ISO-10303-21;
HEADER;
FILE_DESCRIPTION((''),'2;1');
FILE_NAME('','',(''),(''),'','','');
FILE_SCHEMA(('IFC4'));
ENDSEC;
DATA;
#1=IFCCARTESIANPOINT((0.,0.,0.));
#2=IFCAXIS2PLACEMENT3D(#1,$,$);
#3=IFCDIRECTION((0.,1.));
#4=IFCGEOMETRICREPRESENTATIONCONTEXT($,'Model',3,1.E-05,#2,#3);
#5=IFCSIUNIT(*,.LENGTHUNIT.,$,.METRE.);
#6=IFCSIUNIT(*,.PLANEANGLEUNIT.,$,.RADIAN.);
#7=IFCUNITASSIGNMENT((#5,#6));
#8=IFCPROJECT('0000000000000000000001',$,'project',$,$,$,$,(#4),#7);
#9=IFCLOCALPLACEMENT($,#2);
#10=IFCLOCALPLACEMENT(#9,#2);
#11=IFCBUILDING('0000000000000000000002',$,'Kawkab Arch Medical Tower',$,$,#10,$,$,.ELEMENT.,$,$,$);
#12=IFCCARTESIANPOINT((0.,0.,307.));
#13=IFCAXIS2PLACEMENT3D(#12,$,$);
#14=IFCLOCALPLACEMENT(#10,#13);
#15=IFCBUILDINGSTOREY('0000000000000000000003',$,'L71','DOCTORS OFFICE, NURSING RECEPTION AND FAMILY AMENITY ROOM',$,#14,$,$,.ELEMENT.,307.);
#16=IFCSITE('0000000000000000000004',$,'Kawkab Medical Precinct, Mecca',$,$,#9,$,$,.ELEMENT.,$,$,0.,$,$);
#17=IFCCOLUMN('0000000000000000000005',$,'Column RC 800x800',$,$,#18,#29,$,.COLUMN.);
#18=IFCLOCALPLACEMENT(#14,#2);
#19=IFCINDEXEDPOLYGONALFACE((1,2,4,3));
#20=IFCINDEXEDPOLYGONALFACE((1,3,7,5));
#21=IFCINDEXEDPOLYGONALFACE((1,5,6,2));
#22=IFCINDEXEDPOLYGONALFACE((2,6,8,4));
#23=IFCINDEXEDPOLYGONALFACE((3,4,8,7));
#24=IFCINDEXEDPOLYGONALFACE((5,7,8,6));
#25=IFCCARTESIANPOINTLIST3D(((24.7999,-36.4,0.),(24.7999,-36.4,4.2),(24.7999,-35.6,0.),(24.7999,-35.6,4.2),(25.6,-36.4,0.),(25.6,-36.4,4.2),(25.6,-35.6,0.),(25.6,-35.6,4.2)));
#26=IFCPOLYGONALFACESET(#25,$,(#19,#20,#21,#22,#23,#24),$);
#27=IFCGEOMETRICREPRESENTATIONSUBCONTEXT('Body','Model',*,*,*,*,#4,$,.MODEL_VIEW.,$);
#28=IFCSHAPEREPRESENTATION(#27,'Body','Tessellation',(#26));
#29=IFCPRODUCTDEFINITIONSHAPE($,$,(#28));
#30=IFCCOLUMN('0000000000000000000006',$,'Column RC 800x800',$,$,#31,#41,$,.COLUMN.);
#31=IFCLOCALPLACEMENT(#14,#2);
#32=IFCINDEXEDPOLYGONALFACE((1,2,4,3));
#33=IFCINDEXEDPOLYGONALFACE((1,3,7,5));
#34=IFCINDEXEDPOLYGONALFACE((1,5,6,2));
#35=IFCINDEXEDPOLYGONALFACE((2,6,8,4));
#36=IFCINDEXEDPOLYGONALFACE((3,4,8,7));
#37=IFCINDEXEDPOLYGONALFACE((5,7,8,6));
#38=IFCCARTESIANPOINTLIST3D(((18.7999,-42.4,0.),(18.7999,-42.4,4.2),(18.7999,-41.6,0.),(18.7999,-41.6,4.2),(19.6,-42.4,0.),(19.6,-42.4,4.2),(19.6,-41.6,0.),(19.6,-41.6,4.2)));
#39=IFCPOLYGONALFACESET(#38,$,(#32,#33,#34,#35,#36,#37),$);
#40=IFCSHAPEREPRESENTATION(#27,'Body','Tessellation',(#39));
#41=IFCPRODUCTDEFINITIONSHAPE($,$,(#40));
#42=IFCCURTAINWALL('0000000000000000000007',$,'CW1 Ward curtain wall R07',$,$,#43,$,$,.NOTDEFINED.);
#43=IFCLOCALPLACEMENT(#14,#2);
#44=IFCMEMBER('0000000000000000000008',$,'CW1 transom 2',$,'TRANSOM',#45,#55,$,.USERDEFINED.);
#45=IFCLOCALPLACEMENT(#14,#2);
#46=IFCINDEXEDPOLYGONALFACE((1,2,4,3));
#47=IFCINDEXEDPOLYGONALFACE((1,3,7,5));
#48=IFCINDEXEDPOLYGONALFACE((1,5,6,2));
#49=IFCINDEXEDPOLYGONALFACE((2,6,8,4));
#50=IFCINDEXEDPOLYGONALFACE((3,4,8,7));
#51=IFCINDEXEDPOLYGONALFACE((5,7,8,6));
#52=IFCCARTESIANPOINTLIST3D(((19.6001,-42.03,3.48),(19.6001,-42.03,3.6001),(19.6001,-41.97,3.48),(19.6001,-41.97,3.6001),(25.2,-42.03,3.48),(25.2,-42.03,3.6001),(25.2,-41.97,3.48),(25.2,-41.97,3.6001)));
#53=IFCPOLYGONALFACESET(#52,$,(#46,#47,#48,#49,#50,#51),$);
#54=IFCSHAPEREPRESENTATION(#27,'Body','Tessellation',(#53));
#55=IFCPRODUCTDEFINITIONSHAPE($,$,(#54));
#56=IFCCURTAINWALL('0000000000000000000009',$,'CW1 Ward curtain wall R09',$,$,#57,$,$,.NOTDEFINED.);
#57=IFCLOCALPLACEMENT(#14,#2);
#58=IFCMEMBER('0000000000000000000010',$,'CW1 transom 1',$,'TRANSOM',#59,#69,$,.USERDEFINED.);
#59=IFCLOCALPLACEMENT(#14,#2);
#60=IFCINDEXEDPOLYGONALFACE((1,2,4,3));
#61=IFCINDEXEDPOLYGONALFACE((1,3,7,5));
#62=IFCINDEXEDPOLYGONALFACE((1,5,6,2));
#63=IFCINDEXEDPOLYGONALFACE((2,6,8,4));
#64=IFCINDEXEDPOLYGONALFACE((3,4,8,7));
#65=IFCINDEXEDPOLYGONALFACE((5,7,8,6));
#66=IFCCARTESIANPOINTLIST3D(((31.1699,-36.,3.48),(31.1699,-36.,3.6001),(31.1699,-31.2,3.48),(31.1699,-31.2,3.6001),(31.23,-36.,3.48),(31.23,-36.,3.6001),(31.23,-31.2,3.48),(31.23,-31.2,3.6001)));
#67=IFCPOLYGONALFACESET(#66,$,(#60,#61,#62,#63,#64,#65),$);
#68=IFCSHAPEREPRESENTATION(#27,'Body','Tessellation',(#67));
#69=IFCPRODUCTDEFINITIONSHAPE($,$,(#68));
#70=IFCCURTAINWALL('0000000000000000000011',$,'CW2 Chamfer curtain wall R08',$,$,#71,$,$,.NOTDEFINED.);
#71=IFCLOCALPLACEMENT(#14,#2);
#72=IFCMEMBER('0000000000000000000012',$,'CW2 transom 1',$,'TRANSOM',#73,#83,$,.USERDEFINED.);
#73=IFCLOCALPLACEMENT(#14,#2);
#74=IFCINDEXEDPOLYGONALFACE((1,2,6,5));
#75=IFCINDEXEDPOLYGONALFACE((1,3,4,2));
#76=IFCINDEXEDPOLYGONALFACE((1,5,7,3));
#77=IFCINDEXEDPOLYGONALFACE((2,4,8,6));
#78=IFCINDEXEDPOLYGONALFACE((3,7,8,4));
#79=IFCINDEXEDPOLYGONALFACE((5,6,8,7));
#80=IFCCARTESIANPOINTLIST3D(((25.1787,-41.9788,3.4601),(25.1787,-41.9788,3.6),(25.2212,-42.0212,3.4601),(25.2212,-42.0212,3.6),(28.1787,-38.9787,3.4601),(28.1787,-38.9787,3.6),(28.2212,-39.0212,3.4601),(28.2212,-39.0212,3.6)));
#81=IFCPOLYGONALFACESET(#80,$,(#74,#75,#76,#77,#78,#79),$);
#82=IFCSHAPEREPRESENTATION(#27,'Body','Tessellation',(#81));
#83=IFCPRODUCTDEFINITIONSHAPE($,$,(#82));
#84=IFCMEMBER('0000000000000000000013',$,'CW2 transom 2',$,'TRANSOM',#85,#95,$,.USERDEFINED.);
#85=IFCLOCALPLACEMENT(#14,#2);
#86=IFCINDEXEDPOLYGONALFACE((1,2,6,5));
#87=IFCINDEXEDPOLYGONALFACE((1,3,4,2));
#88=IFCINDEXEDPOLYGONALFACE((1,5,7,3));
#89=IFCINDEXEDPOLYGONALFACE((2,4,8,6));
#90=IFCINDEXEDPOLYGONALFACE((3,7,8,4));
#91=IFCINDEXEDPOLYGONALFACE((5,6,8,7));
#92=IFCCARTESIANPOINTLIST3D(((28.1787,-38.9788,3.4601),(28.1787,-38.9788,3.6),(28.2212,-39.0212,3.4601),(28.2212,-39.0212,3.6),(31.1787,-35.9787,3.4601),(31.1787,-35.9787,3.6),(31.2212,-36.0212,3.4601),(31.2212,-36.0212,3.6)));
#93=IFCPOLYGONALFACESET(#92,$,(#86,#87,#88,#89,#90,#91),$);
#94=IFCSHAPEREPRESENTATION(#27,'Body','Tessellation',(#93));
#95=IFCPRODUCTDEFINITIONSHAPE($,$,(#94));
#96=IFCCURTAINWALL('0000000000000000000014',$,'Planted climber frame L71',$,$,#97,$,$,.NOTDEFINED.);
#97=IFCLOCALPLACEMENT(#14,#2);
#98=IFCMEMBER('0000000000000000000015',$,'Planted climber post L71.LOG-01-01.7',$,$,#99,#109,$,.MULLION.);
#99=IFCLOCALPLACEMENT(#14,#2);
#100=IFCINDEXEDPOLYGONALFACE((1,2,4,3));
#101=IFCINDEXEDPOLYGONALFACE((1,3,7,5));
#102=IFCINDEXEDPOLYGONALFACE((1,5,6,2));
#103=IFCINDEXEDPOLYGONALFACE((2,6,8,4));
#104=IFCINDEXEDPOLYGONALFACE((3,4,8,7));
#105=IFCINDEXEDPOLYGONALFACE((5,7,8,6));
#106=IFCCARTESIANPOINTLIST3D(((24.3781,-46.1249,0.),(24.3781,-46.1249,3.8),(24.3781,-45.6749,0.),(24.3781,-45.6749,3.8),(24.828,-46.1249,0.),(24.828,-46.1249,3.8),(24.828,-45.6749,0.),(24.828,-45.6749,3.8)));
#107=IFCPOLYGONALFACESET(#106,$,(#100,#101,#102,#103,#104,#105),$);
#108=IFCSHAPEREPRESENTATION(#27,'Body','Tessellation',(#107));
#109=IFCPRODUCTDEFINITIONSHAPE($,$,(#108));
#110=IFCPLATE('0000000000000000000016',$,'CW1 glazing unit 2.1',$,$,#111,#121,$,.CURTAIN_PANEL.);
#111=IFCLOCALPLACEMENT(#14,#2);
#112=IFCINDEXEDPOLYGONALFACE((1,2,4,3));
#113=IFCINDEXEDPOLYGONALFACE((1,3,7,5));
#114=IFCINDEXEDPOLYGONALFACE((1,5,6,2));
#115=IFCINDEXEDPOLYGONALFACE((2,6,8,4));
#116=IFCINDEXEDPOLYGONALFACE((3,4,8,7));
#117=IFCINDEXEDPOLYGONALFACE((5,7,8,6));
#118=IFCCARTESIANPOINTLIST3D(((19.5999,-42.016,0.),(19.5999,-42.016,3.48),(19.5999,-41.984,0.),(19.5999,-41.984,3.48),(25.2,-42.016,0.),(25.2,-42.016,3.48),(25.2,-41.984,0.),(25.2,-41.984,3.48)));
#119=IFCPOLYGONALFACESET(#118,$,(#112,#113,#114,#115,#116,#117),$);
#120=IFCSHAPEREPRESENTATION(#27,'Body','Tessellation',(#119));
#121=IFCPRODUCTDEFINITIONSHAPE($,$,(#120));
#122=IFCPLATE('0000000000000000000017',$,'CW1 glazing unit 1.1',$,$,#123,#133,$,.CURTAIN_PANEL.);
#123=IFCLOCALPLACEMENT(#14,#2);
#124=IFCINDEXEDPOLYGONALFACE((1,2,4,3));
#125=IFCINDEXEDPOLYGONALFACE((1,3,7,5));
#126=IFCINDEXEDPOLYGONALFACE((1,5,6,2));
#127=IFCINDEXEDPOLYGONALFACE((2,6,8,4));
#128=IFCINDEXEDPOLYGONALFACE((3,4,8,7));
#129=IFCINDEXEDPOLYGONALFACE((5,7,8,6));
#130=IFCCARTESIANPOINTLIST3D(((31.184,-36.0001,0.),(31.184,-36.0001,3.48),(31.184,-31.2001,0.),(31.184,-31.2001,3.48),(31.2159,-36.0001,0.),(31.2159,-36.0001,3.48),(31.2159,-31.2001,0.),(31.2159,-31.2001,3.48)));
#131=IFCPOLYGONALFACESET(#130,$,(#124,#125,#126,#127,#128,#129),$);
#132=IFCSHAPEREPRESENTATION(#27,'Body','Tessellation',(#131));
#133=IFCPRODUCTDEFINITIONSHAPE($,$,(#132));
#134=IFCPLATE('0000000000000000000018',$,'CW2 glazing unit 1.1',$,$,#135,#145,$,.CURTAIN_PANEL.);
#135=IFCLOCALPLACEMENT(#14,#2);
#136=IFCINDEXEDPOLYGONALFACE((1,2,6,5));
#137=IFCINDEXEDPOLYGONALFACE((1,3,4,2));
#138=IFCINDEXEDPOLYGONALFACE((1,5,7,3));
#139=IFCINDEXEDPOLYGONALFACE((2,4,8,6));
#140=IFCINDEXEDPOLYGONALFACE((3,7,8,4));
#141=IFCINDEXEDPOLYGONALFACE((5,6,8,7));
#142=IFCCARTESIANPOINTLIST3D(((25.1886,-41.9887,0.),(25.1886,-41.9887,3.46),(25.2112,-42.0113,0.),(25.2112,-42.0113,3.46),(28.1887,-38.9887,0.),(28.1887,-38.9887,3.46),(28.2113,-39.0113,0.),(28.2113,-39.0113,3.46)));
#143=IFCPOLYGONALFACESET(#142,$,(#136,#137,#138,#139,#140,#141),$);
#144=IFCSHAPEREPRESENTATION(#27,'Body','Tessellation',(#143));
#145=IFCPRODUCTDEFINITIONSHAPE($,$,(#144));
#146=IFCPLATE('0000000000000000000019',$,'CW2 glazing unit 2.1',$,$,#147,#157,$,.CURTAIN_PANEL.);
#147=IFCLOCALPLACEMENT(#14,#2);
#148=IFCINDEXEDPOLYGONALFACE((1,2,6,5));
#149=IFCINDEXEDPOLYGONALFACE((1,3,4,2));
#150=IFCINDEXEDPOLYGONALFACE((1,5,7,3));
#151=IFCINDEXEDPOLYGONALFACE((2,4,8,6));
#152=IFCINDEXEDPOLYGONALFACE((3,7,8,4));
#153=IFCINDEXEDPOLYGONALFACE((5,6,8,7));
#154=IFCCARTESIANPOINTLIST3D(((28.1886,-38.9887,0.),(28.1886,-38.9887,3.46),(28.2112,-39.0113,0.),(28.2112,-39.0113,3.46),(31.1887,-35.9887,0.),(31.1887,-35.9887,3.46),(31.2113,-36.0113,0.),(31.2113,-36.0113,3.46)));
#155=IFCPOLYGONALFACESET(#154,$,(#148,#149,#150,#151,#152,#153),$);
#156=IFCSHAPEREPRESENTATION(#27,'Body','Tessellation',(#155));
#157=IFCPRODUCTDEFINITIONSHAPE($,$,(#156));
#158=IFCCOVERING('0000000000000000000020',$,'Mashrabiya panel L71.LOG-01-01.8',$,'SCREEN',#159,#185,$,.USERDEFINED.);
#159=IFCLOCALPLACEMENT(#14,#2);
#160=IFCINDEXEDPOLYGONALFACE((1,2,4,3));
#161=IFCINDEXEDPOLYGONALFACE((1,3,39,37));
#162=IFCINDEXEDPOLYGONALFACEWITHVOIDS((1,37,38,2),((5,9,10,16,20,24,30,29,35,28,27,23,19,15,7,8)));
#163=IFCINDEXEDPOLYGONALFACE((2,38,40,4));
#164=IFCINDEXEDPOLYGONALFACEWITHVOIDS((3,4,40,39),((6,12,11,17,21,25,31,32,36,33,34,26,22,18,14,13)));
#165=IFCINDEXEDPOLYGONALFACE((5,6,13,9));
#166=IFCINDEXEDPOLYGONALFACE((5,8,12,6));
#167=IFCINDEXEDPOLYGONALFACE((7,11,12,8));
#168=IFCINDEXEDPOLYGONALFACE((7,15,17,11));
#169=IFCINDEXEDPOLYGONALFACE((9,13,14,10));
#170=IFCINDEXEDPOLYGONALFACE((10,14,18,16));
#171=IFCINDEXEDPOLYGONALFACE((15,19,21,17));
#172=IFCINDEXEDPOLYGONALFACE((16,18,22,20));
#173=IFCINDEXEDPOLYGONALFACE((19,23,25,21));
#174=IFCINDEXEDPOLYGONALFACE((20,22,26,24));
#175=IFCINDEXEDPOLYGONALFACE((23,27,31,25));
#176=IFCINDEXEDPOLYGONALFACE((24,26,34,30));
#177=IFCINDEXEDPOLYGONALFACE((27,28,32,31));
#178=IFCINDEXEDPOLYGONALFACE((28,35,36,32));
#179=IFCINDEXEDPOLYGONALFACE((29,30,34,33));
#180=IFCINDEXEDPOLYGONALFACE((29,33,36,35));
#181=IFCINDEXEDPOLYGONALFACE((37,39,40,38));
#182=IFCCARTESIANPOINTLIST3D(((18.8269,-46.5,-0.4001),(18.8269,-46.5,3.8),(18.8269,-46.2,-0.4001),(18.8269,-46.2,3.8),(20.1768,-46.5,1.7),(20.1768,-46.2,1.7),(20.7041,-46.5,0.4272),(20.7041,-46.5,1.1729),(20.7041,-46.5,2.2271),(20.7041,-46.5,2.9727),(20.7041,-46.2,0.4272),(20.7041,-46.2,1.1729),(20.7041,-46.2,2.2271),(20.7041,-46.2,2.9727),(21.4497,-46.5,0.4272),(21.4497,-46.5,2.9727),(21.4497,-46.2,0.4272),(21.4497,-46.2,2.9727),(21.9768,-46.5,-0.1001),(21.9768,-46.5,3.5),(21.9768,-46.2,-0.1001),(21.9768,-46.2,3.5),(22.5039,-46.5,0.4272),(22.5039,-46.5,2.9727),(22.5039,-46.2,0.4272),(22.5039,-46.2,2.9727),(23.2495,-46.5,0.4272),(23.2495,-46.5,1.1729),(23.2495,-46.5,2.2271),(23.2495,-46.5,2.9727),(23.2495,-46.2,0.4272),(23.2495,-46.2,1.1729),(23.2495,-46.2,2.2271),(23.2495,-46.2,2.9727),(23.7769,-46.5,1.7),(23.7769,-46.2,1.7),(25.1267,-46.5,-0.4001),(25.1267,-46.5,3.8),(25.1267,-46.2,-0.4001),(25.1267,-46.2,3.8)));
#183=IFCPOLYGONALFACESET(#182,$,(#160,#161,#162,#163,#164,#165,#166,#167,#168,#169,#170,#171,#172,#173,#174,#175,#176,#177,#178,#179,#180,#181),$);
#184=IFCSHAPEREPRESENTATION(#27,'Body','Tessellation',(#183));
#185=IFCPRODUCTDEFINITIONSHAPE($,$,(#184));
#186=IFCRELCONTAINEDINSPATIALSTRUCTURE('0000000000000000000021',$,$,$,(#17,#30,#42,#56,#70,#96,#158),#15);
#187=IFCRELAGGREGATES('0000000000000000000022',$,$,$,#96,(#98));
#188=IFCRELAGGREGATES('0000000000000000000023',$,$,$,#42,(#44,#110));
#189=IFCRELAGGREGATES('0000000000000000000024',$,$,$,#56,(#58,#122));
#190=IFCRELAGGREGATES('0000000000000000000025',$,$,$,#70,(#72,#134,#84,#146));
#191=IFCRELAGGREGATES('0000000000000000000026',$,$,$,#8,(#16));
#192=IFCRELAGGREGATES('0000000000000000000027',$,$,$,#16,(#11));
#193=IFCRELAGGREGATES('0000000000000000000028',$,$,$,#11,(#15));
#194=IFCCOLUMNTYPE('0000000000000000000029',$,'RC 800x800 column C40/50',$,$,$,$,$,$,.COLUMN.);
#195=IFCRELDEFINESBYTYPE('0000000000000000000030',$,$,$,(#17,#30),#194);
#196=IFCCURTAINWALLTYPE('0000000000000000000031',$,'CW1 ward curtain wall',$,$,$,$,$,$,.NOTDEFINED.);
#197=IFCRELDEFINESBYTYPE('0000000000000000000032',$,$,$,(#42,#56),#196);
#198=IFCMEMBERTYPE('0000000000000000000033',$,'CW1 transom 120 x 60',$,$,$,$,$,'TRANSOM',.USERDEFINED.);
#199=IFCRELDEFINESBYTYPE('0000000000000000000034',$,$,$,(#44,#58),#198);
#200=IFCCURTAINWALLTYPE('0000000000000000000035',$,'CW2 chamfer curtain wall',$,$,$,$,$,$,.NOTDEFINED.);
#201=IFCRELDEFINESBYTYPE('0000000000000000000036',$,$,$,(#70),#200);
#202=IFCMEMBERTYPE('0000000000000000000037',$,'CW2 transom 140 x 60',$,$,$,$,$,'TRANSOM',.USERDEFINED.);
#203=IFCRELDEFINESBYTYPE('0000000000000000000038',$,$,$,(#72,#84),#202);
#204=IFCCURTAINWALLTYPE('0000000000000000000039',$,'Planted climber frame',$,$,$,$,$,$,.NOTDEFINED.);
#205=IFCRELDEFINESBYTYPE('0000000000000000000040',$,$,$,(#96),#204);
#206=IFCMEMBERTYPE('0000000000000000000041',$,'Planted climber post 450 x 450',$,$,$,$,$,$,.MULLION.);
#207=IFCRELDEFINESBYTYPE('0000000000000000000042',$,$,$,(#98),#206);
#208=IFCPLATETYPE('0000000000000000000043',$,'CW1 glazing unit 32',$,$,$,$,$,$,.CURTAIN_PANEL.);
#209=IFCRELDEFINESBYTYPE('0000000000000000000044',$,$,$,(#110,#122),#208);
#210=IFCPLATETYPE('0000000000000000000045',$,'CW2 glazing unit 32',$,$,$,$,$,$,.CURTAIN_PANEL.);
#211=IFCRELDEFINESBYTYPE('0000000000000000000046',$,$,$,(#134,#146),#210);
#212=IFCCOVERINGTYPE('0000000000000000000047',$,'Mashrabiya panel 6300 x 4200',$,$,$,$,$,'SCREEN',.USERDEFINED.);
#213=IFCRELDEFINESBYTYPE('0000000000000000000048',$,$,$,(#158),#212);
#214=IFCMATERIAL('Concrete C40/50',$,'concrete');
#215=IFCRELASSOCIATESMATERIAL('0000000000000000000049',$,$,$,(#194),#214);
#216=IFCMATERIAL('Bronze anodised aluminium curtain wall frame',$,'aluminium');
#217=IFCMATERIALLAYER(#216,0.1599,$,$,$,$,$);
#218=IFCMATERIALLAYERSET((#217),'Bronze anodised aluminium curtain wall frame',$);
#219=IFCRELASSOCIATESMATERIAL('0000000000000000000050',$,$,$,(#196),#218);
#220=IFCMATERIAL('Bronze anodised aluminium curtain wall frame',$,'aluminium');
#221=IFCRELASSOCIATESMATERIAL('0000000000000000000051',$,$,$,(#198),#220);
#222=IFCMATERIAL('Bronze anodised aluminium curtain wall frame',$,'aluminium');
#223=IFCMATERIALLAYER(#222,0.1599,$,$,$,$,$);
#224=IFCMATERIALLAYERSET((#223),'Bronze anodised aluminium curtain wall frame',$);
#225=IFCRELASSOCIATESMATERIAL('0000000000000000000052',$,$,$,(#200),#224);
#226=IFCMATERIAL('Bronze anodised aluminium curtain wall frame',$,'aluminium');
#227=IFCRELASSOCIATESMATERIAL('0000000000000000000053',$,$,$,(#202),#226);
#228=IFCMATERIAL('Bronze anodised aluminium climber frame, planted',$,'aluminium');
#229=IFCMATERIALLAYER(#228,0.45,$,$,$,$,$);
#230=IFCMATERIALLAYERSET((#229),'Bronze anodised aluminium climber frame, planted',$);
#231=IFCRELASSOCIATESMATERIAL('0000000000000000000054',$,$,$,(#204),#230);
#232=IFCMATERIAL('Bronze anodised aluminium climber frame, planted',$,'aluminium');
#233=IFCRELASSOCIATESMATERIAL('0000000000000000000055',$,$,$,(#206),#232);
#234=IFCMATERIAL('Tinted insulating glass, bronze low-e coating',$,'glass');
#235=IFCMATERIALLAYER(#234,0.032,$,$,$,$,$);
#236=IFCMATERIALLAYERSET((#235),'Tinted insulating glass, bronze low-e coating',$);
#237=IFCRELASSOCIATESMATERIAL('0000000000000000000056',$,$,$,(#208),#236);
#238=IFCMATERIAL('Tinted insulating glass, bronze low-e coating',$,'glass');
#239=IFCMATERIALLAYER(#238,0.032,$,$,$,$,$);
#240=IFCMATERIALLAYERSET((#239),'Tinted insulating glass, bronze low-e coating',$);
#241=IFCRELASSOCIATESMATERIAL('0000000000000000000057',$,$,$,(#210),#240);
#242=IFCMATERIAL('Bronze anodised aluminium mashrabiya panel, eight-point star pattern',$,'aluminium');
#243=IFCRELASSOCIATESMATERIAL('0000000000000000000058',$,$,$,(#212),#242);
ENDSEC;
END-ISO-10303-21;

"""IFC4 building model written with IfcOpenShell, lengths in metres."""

from ifc_helpers import new_model, si_unit, direction, frame, origin, origin_2d, place, context, subcontext, project, spatial, polyline, rectangle, outline, extrude, material, layer, layer_set, material_profile, profile_set, type_object, element, aggregate, save


model = new_model("IFC4")

# Units and contexts
model_context = context("Model", 3, precision=1e-05, world=origin(), true_north=direction((0.0, 1.0)))
body_context = subcontext(model_context, "Body", "Model", "MODEL_VIEW")
ifc_project = project(units=[si_unit("LENGTHUNIT", "METRE"), si_unit("PLANEANGLEUNIT", "RADIAN")], contexts=[model_context])

# Site, building, storey
site_placement = place(None, origin())
site = spatial("IfcSite", under=ifc_project, at=site_placement, Name="Kawkab Medical Precinct, Mecca", CompositionType="ELEMENT", RefElevation=0.0)
building_placement = place(site_placement, origin())
building = spatial("IfcBuilding", under=site, at=building_placement, Name="Kawkab Arch Medical Tower", CompositionType="ELEMENT")
storey_placement = place(building_placement, frame((0.0, 0.0, 307.0)))
storey = spatial("IfcBuildingStorey", under=building, at=storey_placement, Name="L71", Description="DOCTORS OFFICE, NURSING RECEPTION AND FAMILY AMENITY ROOM", CompositionType="ELEMENT", Elevation=307.0)

# Columns
ifc_material_1 = material(Name="Concrete C40/50", Category="concrete")
ifc_material_profile_1 = material_profile(ifc_material_1, rectangle(XDim=0.8, YDim=0.8, at=origin_2d()), Name="RC 800x800")
ifc_profile_set_1 = profile_set([ifc_material_profile_1], Name="Concrete C40/50")
column_type = type_object("IfcColumnType", Name="RC 800x800 column C40/50", PredefinedType="COLUMN", material=ifc_profile_set_1)
for number, where, z_axis, x_axis, name in (
    (1, (25.2, -36.0, 0.0), (0.0, 0.0, 1.0), (1.0, 0.0, 0.0), "Column RC 800x800"),
    (2, (19.2, -42.0, 0.0), (0.0, 0.0, 1.0), (1.0, 0.0, 0.0), "Column RC 800x800"),
):
    element("IfcColumn", number, at=place(storey_placement, frame(where, z_axis=z_axis, x_axis=x_axis)), inside=storey, type_object=column_type, Name=name, PredefinedType="COLUMN", context=body_context, shape_type="SweptSolid", body=[
        extrude(rectangle(XDim=0.8, YDim=0.8, at=origin_2d()), origin(), (0.0, 0.0, 1.0), 4.2),
    ])

# Curtain walls, members
ifc_material_2 = material(Name="Bronze anodised aluminium curtain wall frame", Category="aluminium")
ifc_layer_1 = layer(ifc_material_2, 0.1599)
ifc_layer_set_1 = layer_set([ifc_layer_1], Name="Bronze anodised aluminium curtain wall frame")
curtain_wall_type_1 = type_object("IfcCurtainWallType", Name="CW1 ward curtain wall", PredefinedType="NOTDEFINED", material=ifc_layer_set_1)
placement = place(storey_placement, origin())
curtain_wall_1 = element("IfcCurtainWall", 3, at=placement, inside=storey, type_object=curtain_wall_type_1, Name="CW1 Ward curtain wall R07", PredefinedType="NOTDEFINED")
ifc_material_3 = material(Name="Bronze anodised aluminium curtain wall frame", Category="aluminium")
ifc_material_profile_2 = material_profile(ifc_material_3, rectangle(XDim=0.0601, YDim=0.1201, at=origin_2d()), Name="AL 60x120")
ifc_profile_set_2 = profile_set([ifc_material_profile_2], Name="Bronze anodised aluminium curtain wall frame")
member_type_1 = type_object("IfcMemberType", Name="CW1 transom 120 x 60", ElementType="TRANSOM", PredefinedType="USERDEFINED", material=ifc_profile_set_2)
member_1_placement = place(storey_placement, frame((19.6001, -42.0, 3.54), z_axis=(1.0, 0.0, 0.0), x_axis=(0.0, 1.0, 0.0)))
member_1 = element("IfcMember", 4, at=member_1_placement, type_object=member_type_1, Name="CW1 transom 2", ObjectType="TRANSOM", PredefinedType="USERDEFINED", context=body_context, shape_type="SweptSolid", body=[
    extrude(rectangle(XDim=0.0601, YDim=0.1201, at=origin_2d()), origin(), (0.0, 0.0, 1.0), 5.5999),
])
curtain_wall_2 = element("IfcCurtainWall", 5, at=placement, inside=storey, type_object=curtain_wall_type_1, Name="CW1 Ward curtain wall R09", PredefinedType="NOTDEFINED")
member_2_placement = place(storey_placement, frame((31.2, -36.0, 3.54), z_axis=(0.0, 1.0, 0.0), x_axis=(-1.0, 0.0, 0.0)))
member_2 = element("IfcMember", 6, at=member_2_placement, type_object=member_type_1, Name="CW1 transom 1", ObjectType="TRANSOM", PredefinedType="USERDEFINED", context=body_context, shape_type="SweptSolid", body=[
    extrude(rectangle(XDim=0.0601, YDim=0.1201, at=origin_2d()), origin(), (0.0, 0.0, 1.0), 4.8),
])

# Curtain wall, members
ifc_material_4 = material(Name="Bronze anodised aluminium curtain wall frame", Category="aluminium")
ifc_layer_2 = layer(ifc_material_4, 0.1599)
ifc_layer_set_2 = layer_set([ifc_layer_2], Name="Bronze anodised aluminium curtain wall frame")
curtain_wall_type_2 = type_object("IfcCurtainWallType", Name="CW2 chamfer curtain wall", PredefinedType="NOTDEFINED", material=ifc_layer_set_2)
curtain_wall_3 = element("IfcCurtainWall", 7, at=placement, inside=storey, type_object=curtain_wall_type_2, Name="CW2 Chamfer curtain wall R08", PredefinedType="NOTDEFINED")
ifc_material_5 = material(Name="Bronze anodised aluminium curtain wall frame", Category="aluminium")
ifc_material_profile_3 = material_profile(ifc_material_5, rectangle(XDim=0.0601, YDim=0.1399, at=origin_2d()), Name="AL 60x140")
ifc_profile_set_3 = profile_set([ifc_material_profile_3], Name="Bronze anodised aluminium curtain wall frame")
member_type_2 = type_object("IfcMemberType", Name="CW2 transom 140 x 60", ElementType="TRANSOM", PredefinedType="USERDEFINED", material=ifc_profile_set_3)
member_3_placement = place(storey_placement, frame((25.2, -42.0, 3.53), z_axis=(0.707107, 0.707107, 0.0), x_axis=(-0.707107, 0.707107, 0.0)))
member_3 = element("IfcMember", 8, at=member_3_placement, type_object=member_type_2, Name="CW2 transom 1", ObjectType="TRANSOM", PredefinedType="USERDEFINED", context=body_context, shape_type="SweptSolid", body=[
    extrude(rectangle(XDim=0.0601, YDim=0.1399, at=origin_2d()), origin(), (0.0, 0.0, 1.0), 4.2427),
])
member_4_placement = place(storey_placement, frame((28.2, -39.0, 3.53), z_axis=(0.707107, 0.707107, 0.0), x_axis=(-0.707107, 0.707107, 0.0)))
member_4 = element("IfcMember", 9, at=member_4_placement, type_object=member_type_2, Name="CW2 transom 2", ObjectType="TRANSOM", PredefinedType="USERDEFINED", context=body_context, shape_type="SweptSolid", body=[
    extrude(rectangle(XDim=0.0601, YDim=0.1399, at=origin_2d()), origin(), (0.0, 0.0, 1.0), 4.2427),
])

# Curtain wall, member
ifc_material_6 = material(Name="Bronze anodised aluminium climber frame, planted", Category="aluminium")
ifc_layer_3 = layer(ifc_material_6, 0.45)
ifc_layer_set_3 = layer_set([ifc_layer_3], Name="Bronze anodised aluminium climber frame, planted")
curtain_wall_type_3 = type_object("IfcCurtainWallType", Name="Planted climber frame", PredefinedType="NOTDEFINED", material=ifc_layer_set_3)
curtain_wall_4 = element("IfcCurtainWall", 10, at=placement, inside=storey, type_object=curtain_wall_type_3, Name="Planted climber frame L71", PredefinedType="NOTDEFINED")
ifc_material_7 = material(Name="Bronze anodised aluminium climber frame, planted", Category="aluminium")
ifc_material_profile_4 = material_profile(ifc_material_7, rectangle(XDim=0.45, YDim=0.45, at=origin_2d()), Name="Post 450x450")
ifc_profile_set_4 = profile_set([ifc_material_profile_4], Name="Bronze anodised aluminium climber frame, planted")
member_type_3 = type_object("IfcMemberType", Name="Planted climber post 450 x 450", PredefinedType="MULLION", material=ifc_profile_set_4)
member_5_placement = place(storey_placement, frame((24.603, -45.8999, 0.0), z_axis=(0.0, 0.0, 1.0), x_axis=(1.0, 0.0, 0.0)))
member_5 = element("IfcMember", 11, at=member_5_placement, type_object=member_type_3, Name="Planted climber post L71.LOG-01-01.7", PredefinedType="MULLION", context=body_context, shape_type="SweptSolid", body=[
    extrude(rectangle(XDim=0.45, YDim=0.45, at=origin_2d()), origin(), (0.0, 0.0, 1.0), 3.8),
])
aggregate(curtain_wall_4, [member_5])

# Plates
ifc_material_8 = material(Name="Tinted insulating glass, bronze low-e coating", Category="glass")
ifc_layer_4 = layer(ifc_material_8, 0.032)
ifc_layer_set_4 = layer_set([ifc_layer_4], Name="Tinted insulating glass, bronze low-e coating")
plate_type_1 = type_object("IfcPlateType", Name="CW1 glazing unit 32", PredefinedType="CURTAIN_PANEL", material=ifc_layer_set_4)
plate_1_placement = place(storey_placement, frame((22.3999, -42.0, 0.0), z_axis=(0.0, 0.0, 1.0), x_axis=(1.0, 0.0, 0.0)))
plate_1 = element("IfcPlate", 12, at=plate_1_placement, type_object=plate_type_1, Name="CW1 glazing unit 2.1", PredefinedType="CURTAIN_PANEL", context=body_context, shape_type="SweptSolid", body=[
    extrude(rectangle(XDim=5.6001, YDim=0.032, at=origin_2d()), origin(), (0.0, 0.0, 1.0), 3.48),
])
aggregate(curtain_wall_1, [member_1, plate_1])
plate_2_placement = place(storey_placement, frame((31.2, -33.6001, 0.0), z_axis=(0.0, 0.0, 1.0), x_axis=(0.0, 1.0, 0.0)))
plate_2 = element("IfcPlate", 13, at=plate_2_placement, type_object=plate_type_1, Name="CW1 glazing unit 1.1", PredefinedType="CURTAIN_PANEL", context=body_context, shape_type="SweptSolid", body=[
    extrude(rectangle(XDim=4.8, YDim=0.032, at=origin_2d()), origin(), (0.0, 0.0, 1.0), 3.48),
])
aggregate(curtain_wall_2, [member_2, plate_2])
ifc_material_9 = material(Name="Tinted insulating glass, bronze low-e coating", Category="glass")
ifc_layer_5 = layer(ifc_material_9, 0.032)
ifc_layer_set_5 = layer_set([ifc_layer_5], Name="Tinted insulating glass, bronze low-e coating")
plate_type_2 = type_object("IfcPlateType", Name="CW2 glazing unit 32", PredefinedType="CURTAIN_PANEL", material=ifc_layer_set_5)
plate_3_placement = place(storey_placement, frame((26.7, -40.5, 0.0), z_axis=(0.0, 0.0, 1.0), x_axis=(0.707107, 0.707107, 0.0)))
plate_3 = element("IfcPlate", 14, at=plate_3_placement, type_object=plate_type_2, Name="CW2 glazing unit 1.1", PredefinedType="CURTAIN_PANEL", context=body_context, shape_type="SweptSolid", body=[
    extrude(rectangle(XDim=4.2427, YDim=0.032, at=origin_2d()), origin(), (0.0, 0.0, 1.0), 3.46),
])
plate_4_placement = place(storey_placement, frame((29.7, -37.5, 0.0), z_axis=(0.0, 0.0, 1.0), x_axis=(0.707107, 0.707107, 0.0)))
plate_4 = element("IfcPlate", 15, at=plate_4_placement, type_object=plate_type_2, Name="CW2 glazing unit 2.1", PredefinedType="CURTAIN_PANEL", context=body_context, shape_type="SweptSolid", body=[
    extrude(rectangle(XDim=4.2427, YDim=0.032, at=origin_2d()), origin(), (0.0, 0.0, 1.0), 3.46),
])
aggregate(curtain_wall_3, [member_3, plate_3, member_4, plate_4])

# Covering
ifc_material_10 = material(Name="Bronze anodised aluminium mashrabiya panel, eight-point star pattern", Category="aluminium")
ifc_material_profile_5 = material_profile(ifc_material_10, outline(polyline([(-3.1499, -2.1001), (3.1499, -2.1001), (3.1499, 2.1001), (-3.1499, 2.1001), (-3.1499, -2.1001)]), holes=[polyline([(1.8, 0.0), (1.2727, 0.5271), (1.2727, 1.2727), (0.5271, 1.2727), (0.0, 1.8), (-0.5271, 1.2727), (-1.2727, 1.2727), (-1.2727, 0.5271), (-1.8, 0.0), (-1.2727, -0.5271), (-1.2727, -1.2727), (-0.5271, -1.2727), (0.0, -1.8), (0.5271, -1.2727), (1.2727, -1.2727), (1.2727, -0.5271), (1.8, 0.0)])]), Name="Mashrabiya panel 6300x4200")
ifc_profile_set_5 = profile_set([ifc_material_profile_5], Name="Bronze anodised aluminium mashrabiya panel, eight-point star pattern")
covering_type_1 = type_object("IfcCoveringType", Name="Mashrabiya panel 6300 x 4200", ElementType="SCREEN", PredefinedType="USERDEFINED", material=ifc_profile_set_5)
covering_1_placement = place(storey_placement, frame((21.9768, -46.2, 1.7), z_axis=(0.0, -1.0, 0.0), x_axis=(1.0, 0.0, 0.0)))
element("IfcCovering", 16, at=covering_1_placement, inside=storey, type_object=covering_type_1, Name="Mashrabiya panel L71.LOG-01-01.8", ObjectType="SCREEN", PredefinedType="USERDEFINED", context=body_context, shape_type="SweptSolid", body=[
    extrude(outline(polyline([(-3.1499, -2.1001), (3.1499, -2.1001), (3.1499, 2.1001), (-3.1499, 2.1001), (-3.1499, -2.1001)]), holes=[polyline([(1.8, 0.0), (1.2727, 0.5271), (1.2727, 1.2727), (0.5271, 1.2727), (0.0, 1.8), (-0.5271, 1.2727), (-1.2727, 1.2727), (-1.2727, 0.5271), (-1.8, 0.0), (-1.2727, -0.5271), (-1.2727, -1.2727), (-0.5271, -1.2727), (0.0, -1.8), (0.5271, -1.2727), (1.2727, -1.2727), (1.2727, -0.5271), (1.8, 0.0)])]), origin(), (0.0, 0.0, 1.0), 0.3),
])

save(model, "model.ifc")
